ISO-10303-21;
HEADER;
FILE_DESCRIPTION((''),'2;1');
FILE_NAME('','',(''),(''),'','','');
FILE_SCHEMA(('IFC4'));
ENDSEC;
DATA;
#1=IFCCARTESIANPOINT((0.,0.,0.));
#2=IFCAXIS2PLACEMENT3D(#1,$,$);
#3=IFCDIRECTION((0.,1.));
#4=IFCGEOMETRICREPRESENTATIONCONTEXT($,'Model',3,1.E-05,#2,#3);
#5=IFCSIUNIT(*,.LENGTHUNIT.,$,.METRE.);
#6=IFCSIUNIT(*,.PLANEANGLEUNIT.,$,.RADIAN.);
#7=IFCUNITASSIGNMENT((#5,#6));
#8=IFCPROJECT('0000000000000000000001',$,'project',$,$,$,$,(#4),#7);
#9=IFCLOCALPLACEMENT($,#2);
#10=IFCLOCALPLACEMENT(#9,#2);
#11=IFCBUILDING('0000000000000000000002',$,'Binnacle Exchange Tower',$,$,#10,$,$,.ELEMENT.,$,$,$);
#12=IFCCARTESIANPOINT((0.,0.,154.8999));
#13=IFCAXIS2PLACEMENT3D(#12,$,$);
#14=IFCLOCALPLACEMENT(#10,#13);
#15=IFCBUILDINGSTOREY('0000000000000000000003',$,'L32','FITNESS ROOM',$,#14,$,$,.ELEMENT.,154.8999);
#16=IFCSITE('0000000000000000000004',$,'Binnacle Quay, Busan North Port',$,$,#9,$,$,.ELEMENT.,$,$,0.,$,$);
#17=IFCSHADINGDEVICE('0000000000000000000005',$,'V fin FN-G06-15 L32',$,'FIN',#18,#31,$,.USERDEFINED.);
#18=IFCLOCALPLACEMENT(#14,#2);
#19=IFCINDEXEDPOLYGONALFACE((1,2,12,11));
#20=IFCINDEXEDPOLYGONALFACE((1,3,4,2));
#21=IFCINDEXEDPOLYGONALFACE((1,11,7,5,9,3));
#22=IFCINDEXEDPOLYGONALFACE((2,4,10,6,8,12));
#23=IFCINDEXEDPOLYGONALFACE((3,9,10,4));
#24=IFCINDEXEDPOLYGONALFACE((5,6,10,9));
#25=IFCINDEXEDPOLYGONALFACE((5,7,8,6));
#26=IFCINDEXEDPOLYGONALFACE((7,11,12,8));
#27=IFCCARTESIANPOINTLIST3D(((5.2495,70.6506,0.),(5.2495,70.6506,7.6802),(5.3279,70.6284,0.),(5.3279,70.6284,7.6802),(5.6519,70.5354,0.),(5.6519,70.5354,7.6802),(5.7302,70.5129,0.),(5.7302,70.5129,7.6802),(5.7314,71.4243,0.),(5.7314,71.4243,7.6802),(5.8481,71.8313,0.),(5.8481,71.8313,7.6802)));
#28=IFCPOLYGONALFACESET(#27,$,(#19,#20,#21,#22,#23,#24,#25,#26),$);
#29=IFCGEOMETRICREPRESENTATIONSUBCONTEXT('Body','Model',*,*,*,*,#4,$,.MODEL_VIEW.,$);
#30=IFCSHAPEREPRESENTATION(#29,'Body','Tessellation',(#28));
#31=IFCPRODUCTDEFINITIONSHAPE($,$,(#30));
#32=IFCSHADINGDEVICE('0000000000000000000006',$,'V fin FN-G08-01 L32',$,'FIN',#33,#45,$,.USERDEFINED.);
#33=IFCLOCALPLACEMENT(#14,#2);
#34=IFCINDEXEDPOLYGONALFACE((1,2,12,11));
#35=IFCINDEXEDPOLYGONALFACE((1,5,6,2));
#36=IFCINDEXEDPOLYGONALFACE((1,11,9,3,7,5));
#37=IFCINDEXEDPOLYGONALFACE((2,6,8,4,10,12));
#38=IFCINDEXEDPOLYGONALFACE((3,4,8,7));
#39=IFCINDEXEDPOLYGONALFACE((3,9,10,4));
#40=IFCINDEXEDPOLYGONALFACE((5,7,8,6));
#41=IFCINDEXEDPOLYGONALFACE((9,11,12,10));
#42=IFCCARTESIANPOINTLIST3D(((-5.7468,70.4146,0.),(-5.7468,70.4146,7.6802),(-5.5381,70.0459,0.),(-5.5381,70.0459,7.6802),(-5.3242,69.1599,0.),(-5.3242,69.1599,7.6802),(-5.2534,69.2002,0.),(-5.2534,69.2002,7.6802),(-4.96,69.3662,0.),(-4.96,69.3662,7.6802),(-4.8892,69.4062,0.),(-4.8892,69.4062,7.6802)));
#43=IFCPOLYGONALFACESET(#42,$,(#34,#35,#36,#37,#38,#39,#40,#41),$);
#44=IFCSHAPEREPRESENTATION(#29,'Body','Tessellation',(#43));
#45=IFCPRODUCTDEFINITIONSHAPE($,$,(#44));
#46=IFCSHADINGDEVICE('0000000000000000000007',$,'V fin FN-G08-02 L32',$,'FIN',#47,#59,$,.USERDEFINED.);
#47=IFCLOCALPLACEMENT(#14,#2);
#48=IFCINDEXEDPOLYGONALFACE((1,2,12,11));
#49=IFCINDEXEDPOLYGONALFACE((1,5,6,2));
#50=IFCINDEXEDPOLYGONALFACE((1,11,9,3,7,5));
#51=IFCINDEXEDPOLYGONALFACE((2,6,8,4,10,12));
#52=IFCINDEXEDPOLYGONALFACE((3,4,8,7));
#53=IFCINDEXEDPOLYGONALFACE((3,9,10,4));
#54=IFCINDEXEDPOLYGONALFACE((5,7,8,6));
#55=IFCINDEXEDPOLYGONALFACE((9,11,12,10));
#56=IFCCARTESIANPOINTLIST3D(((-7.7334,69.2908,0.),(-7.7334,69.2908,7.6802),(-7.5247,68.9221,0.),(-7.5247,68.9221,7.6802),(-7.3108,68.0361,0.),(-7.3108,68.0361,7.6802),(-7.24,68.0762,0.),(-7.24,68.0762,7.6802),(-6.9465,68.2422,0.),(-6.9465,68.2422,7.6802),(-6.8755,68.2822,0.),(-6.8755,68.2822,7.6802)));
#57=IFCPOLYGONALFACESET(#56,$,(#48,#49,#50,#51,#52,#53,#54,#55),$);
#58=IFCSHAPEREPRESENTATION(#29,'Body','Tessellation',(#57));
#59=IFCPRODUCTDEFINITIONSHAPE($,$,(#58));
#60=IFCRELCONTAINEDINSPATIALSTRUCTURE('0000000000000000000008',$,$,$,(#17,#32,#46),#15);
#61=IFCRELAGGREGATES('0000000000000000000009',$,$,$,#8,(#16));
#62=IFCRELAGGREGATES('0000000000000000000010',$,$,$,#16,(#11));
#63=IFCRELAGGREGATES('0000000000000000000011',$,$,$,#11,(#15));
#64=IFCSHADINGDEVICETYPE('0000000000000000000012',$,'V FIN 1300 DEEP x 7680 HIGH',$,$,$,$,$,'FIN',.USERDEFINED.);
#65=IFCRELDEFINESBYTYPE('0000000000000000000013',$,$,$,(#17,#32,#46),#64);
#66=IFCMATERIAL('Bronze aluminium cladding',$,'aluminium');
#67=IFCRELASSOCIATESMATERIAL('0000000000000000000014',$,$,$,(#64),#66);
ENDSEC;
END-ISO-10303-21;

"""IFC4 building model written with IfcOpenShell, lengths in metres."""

from ifc_helpers import new_model, si_unit, direction, frame, origin, place, context, subcontext, project, spatial, polyline, outline, extrude, material, type_object, element, save


model = new_model("IFC4")

# Units and contexts
model_context = context("Model", 3, precision=1e-05, world=origin(), true_north=direction((0.0, 1.0)))
body_context = subcontext(model_context, "Body", "Model", "MODEL_VIEW")
ifc_project = project(units=[si_unit("LENGTHUNIT", "METRE"), si_unit("PLANEANGLEUNIT", "RADIAN")], contexts=[model_context])

# Site, building, storey
site_placement = place(None, origin())
site = spatial("IfcSite", under=ifc_project, at=site_placement, Name="Binnacle Quay, Busan North Port", CompositionType="ELEMENT", RefElevation=0.0)
building_placement = place(site_placement, origin())
building = spatial("IfcBuilding", under=site, at=building_placement, Name="Binnacle Exchange Tower", CompositionType="ELEMENT")
storey_placement = place(building_placement, frame((0.0, 0.0, 154.8999)))
storey = spatial("IfcBuildingStorey", under=building, at=storey_placement, Name="L32", Description="FITNESS ROOM", CompositionType="ELEMENT", Elevation=154.8999)

# Shading devices
ifc_material_1 = material(Name="Bronze aluminium cladding", Category="aluminium")
shading_device_type_1 = type_object("IfcShadingDeviceType", Name="V FIN 1300 DEEP x 7680 HIGH", ElementType="FIN", PredefinedType="USERDEFINED", material=ifc_material_1)
shading_device_1_placement = place(storey_placement, origin())
element("IfcShadingDevice", 1, at=shading_device_1_placement, inside=storey, type_object=shading_device_type_1, Name="V fin FN-G06-15 L32", ObjectType="FIN", PredefinedType="USERDEFINED", context=body_context, shape_type="SweptSolid", body=[
    extrude(outline(polyline([(5.7302, 70.5129), (5.8481, 71.8313), (5.2495, 70.6506), (5.3279, 70.6284), (5.7314, 71.4243), (5.6519, 70.5354), (5.7302, 70.5129)])), origin(), (0.0, 0.0, 1.0), 7.6802),
])
shading_device_2_placement = place(storey_placement, origin())
element("IfcShadingDevice", 2, at=shading_device_2_placement, inside=storey, type_object=shading_device_type_1, Name="V fin FN-G08-01 L32", ObjectType="FIN", PredefinedType="USERDEFINED", context=body_context, shape_type="SweptSolid", body=[
    extrude(outline(polyline([(-4.8892, 69.4062), (-5.7468, 70.4146), (-5.3242, 69.1599), (-5.2534, 69.2002), (-5.5381, 70.0459), (-4.96, 69.3662), (-4.8892, 69.4062)])), origin(), (0.0, 0.0, 1.0), 7.6802),
])
shading_device_3_placement = place(storey_placement, origin())
element("IfcShadingDevice", 3, at=shading_device_3_placement, inside=storey, type_object=shading_device_type_1, Name="V fin FN-G08-02 L32", ObjectType="FIN", PredefinedType="USERDEFINED", context=body_context, shape_type="SweptSolid", body=[
    extrude(outline(polyline([(-6.8755, 68.2822), (-7.7334, 69.2908), (-7.3108, 68.0361), (-7.24, 68.0762), (-7.5247, 68.9221), (-6.9465, 68.2422), (-6.8755, 68.2822)])), origin(), (0.0, 0.0, 1.0), 7.6802),
])

save(model, "model.ifc")
